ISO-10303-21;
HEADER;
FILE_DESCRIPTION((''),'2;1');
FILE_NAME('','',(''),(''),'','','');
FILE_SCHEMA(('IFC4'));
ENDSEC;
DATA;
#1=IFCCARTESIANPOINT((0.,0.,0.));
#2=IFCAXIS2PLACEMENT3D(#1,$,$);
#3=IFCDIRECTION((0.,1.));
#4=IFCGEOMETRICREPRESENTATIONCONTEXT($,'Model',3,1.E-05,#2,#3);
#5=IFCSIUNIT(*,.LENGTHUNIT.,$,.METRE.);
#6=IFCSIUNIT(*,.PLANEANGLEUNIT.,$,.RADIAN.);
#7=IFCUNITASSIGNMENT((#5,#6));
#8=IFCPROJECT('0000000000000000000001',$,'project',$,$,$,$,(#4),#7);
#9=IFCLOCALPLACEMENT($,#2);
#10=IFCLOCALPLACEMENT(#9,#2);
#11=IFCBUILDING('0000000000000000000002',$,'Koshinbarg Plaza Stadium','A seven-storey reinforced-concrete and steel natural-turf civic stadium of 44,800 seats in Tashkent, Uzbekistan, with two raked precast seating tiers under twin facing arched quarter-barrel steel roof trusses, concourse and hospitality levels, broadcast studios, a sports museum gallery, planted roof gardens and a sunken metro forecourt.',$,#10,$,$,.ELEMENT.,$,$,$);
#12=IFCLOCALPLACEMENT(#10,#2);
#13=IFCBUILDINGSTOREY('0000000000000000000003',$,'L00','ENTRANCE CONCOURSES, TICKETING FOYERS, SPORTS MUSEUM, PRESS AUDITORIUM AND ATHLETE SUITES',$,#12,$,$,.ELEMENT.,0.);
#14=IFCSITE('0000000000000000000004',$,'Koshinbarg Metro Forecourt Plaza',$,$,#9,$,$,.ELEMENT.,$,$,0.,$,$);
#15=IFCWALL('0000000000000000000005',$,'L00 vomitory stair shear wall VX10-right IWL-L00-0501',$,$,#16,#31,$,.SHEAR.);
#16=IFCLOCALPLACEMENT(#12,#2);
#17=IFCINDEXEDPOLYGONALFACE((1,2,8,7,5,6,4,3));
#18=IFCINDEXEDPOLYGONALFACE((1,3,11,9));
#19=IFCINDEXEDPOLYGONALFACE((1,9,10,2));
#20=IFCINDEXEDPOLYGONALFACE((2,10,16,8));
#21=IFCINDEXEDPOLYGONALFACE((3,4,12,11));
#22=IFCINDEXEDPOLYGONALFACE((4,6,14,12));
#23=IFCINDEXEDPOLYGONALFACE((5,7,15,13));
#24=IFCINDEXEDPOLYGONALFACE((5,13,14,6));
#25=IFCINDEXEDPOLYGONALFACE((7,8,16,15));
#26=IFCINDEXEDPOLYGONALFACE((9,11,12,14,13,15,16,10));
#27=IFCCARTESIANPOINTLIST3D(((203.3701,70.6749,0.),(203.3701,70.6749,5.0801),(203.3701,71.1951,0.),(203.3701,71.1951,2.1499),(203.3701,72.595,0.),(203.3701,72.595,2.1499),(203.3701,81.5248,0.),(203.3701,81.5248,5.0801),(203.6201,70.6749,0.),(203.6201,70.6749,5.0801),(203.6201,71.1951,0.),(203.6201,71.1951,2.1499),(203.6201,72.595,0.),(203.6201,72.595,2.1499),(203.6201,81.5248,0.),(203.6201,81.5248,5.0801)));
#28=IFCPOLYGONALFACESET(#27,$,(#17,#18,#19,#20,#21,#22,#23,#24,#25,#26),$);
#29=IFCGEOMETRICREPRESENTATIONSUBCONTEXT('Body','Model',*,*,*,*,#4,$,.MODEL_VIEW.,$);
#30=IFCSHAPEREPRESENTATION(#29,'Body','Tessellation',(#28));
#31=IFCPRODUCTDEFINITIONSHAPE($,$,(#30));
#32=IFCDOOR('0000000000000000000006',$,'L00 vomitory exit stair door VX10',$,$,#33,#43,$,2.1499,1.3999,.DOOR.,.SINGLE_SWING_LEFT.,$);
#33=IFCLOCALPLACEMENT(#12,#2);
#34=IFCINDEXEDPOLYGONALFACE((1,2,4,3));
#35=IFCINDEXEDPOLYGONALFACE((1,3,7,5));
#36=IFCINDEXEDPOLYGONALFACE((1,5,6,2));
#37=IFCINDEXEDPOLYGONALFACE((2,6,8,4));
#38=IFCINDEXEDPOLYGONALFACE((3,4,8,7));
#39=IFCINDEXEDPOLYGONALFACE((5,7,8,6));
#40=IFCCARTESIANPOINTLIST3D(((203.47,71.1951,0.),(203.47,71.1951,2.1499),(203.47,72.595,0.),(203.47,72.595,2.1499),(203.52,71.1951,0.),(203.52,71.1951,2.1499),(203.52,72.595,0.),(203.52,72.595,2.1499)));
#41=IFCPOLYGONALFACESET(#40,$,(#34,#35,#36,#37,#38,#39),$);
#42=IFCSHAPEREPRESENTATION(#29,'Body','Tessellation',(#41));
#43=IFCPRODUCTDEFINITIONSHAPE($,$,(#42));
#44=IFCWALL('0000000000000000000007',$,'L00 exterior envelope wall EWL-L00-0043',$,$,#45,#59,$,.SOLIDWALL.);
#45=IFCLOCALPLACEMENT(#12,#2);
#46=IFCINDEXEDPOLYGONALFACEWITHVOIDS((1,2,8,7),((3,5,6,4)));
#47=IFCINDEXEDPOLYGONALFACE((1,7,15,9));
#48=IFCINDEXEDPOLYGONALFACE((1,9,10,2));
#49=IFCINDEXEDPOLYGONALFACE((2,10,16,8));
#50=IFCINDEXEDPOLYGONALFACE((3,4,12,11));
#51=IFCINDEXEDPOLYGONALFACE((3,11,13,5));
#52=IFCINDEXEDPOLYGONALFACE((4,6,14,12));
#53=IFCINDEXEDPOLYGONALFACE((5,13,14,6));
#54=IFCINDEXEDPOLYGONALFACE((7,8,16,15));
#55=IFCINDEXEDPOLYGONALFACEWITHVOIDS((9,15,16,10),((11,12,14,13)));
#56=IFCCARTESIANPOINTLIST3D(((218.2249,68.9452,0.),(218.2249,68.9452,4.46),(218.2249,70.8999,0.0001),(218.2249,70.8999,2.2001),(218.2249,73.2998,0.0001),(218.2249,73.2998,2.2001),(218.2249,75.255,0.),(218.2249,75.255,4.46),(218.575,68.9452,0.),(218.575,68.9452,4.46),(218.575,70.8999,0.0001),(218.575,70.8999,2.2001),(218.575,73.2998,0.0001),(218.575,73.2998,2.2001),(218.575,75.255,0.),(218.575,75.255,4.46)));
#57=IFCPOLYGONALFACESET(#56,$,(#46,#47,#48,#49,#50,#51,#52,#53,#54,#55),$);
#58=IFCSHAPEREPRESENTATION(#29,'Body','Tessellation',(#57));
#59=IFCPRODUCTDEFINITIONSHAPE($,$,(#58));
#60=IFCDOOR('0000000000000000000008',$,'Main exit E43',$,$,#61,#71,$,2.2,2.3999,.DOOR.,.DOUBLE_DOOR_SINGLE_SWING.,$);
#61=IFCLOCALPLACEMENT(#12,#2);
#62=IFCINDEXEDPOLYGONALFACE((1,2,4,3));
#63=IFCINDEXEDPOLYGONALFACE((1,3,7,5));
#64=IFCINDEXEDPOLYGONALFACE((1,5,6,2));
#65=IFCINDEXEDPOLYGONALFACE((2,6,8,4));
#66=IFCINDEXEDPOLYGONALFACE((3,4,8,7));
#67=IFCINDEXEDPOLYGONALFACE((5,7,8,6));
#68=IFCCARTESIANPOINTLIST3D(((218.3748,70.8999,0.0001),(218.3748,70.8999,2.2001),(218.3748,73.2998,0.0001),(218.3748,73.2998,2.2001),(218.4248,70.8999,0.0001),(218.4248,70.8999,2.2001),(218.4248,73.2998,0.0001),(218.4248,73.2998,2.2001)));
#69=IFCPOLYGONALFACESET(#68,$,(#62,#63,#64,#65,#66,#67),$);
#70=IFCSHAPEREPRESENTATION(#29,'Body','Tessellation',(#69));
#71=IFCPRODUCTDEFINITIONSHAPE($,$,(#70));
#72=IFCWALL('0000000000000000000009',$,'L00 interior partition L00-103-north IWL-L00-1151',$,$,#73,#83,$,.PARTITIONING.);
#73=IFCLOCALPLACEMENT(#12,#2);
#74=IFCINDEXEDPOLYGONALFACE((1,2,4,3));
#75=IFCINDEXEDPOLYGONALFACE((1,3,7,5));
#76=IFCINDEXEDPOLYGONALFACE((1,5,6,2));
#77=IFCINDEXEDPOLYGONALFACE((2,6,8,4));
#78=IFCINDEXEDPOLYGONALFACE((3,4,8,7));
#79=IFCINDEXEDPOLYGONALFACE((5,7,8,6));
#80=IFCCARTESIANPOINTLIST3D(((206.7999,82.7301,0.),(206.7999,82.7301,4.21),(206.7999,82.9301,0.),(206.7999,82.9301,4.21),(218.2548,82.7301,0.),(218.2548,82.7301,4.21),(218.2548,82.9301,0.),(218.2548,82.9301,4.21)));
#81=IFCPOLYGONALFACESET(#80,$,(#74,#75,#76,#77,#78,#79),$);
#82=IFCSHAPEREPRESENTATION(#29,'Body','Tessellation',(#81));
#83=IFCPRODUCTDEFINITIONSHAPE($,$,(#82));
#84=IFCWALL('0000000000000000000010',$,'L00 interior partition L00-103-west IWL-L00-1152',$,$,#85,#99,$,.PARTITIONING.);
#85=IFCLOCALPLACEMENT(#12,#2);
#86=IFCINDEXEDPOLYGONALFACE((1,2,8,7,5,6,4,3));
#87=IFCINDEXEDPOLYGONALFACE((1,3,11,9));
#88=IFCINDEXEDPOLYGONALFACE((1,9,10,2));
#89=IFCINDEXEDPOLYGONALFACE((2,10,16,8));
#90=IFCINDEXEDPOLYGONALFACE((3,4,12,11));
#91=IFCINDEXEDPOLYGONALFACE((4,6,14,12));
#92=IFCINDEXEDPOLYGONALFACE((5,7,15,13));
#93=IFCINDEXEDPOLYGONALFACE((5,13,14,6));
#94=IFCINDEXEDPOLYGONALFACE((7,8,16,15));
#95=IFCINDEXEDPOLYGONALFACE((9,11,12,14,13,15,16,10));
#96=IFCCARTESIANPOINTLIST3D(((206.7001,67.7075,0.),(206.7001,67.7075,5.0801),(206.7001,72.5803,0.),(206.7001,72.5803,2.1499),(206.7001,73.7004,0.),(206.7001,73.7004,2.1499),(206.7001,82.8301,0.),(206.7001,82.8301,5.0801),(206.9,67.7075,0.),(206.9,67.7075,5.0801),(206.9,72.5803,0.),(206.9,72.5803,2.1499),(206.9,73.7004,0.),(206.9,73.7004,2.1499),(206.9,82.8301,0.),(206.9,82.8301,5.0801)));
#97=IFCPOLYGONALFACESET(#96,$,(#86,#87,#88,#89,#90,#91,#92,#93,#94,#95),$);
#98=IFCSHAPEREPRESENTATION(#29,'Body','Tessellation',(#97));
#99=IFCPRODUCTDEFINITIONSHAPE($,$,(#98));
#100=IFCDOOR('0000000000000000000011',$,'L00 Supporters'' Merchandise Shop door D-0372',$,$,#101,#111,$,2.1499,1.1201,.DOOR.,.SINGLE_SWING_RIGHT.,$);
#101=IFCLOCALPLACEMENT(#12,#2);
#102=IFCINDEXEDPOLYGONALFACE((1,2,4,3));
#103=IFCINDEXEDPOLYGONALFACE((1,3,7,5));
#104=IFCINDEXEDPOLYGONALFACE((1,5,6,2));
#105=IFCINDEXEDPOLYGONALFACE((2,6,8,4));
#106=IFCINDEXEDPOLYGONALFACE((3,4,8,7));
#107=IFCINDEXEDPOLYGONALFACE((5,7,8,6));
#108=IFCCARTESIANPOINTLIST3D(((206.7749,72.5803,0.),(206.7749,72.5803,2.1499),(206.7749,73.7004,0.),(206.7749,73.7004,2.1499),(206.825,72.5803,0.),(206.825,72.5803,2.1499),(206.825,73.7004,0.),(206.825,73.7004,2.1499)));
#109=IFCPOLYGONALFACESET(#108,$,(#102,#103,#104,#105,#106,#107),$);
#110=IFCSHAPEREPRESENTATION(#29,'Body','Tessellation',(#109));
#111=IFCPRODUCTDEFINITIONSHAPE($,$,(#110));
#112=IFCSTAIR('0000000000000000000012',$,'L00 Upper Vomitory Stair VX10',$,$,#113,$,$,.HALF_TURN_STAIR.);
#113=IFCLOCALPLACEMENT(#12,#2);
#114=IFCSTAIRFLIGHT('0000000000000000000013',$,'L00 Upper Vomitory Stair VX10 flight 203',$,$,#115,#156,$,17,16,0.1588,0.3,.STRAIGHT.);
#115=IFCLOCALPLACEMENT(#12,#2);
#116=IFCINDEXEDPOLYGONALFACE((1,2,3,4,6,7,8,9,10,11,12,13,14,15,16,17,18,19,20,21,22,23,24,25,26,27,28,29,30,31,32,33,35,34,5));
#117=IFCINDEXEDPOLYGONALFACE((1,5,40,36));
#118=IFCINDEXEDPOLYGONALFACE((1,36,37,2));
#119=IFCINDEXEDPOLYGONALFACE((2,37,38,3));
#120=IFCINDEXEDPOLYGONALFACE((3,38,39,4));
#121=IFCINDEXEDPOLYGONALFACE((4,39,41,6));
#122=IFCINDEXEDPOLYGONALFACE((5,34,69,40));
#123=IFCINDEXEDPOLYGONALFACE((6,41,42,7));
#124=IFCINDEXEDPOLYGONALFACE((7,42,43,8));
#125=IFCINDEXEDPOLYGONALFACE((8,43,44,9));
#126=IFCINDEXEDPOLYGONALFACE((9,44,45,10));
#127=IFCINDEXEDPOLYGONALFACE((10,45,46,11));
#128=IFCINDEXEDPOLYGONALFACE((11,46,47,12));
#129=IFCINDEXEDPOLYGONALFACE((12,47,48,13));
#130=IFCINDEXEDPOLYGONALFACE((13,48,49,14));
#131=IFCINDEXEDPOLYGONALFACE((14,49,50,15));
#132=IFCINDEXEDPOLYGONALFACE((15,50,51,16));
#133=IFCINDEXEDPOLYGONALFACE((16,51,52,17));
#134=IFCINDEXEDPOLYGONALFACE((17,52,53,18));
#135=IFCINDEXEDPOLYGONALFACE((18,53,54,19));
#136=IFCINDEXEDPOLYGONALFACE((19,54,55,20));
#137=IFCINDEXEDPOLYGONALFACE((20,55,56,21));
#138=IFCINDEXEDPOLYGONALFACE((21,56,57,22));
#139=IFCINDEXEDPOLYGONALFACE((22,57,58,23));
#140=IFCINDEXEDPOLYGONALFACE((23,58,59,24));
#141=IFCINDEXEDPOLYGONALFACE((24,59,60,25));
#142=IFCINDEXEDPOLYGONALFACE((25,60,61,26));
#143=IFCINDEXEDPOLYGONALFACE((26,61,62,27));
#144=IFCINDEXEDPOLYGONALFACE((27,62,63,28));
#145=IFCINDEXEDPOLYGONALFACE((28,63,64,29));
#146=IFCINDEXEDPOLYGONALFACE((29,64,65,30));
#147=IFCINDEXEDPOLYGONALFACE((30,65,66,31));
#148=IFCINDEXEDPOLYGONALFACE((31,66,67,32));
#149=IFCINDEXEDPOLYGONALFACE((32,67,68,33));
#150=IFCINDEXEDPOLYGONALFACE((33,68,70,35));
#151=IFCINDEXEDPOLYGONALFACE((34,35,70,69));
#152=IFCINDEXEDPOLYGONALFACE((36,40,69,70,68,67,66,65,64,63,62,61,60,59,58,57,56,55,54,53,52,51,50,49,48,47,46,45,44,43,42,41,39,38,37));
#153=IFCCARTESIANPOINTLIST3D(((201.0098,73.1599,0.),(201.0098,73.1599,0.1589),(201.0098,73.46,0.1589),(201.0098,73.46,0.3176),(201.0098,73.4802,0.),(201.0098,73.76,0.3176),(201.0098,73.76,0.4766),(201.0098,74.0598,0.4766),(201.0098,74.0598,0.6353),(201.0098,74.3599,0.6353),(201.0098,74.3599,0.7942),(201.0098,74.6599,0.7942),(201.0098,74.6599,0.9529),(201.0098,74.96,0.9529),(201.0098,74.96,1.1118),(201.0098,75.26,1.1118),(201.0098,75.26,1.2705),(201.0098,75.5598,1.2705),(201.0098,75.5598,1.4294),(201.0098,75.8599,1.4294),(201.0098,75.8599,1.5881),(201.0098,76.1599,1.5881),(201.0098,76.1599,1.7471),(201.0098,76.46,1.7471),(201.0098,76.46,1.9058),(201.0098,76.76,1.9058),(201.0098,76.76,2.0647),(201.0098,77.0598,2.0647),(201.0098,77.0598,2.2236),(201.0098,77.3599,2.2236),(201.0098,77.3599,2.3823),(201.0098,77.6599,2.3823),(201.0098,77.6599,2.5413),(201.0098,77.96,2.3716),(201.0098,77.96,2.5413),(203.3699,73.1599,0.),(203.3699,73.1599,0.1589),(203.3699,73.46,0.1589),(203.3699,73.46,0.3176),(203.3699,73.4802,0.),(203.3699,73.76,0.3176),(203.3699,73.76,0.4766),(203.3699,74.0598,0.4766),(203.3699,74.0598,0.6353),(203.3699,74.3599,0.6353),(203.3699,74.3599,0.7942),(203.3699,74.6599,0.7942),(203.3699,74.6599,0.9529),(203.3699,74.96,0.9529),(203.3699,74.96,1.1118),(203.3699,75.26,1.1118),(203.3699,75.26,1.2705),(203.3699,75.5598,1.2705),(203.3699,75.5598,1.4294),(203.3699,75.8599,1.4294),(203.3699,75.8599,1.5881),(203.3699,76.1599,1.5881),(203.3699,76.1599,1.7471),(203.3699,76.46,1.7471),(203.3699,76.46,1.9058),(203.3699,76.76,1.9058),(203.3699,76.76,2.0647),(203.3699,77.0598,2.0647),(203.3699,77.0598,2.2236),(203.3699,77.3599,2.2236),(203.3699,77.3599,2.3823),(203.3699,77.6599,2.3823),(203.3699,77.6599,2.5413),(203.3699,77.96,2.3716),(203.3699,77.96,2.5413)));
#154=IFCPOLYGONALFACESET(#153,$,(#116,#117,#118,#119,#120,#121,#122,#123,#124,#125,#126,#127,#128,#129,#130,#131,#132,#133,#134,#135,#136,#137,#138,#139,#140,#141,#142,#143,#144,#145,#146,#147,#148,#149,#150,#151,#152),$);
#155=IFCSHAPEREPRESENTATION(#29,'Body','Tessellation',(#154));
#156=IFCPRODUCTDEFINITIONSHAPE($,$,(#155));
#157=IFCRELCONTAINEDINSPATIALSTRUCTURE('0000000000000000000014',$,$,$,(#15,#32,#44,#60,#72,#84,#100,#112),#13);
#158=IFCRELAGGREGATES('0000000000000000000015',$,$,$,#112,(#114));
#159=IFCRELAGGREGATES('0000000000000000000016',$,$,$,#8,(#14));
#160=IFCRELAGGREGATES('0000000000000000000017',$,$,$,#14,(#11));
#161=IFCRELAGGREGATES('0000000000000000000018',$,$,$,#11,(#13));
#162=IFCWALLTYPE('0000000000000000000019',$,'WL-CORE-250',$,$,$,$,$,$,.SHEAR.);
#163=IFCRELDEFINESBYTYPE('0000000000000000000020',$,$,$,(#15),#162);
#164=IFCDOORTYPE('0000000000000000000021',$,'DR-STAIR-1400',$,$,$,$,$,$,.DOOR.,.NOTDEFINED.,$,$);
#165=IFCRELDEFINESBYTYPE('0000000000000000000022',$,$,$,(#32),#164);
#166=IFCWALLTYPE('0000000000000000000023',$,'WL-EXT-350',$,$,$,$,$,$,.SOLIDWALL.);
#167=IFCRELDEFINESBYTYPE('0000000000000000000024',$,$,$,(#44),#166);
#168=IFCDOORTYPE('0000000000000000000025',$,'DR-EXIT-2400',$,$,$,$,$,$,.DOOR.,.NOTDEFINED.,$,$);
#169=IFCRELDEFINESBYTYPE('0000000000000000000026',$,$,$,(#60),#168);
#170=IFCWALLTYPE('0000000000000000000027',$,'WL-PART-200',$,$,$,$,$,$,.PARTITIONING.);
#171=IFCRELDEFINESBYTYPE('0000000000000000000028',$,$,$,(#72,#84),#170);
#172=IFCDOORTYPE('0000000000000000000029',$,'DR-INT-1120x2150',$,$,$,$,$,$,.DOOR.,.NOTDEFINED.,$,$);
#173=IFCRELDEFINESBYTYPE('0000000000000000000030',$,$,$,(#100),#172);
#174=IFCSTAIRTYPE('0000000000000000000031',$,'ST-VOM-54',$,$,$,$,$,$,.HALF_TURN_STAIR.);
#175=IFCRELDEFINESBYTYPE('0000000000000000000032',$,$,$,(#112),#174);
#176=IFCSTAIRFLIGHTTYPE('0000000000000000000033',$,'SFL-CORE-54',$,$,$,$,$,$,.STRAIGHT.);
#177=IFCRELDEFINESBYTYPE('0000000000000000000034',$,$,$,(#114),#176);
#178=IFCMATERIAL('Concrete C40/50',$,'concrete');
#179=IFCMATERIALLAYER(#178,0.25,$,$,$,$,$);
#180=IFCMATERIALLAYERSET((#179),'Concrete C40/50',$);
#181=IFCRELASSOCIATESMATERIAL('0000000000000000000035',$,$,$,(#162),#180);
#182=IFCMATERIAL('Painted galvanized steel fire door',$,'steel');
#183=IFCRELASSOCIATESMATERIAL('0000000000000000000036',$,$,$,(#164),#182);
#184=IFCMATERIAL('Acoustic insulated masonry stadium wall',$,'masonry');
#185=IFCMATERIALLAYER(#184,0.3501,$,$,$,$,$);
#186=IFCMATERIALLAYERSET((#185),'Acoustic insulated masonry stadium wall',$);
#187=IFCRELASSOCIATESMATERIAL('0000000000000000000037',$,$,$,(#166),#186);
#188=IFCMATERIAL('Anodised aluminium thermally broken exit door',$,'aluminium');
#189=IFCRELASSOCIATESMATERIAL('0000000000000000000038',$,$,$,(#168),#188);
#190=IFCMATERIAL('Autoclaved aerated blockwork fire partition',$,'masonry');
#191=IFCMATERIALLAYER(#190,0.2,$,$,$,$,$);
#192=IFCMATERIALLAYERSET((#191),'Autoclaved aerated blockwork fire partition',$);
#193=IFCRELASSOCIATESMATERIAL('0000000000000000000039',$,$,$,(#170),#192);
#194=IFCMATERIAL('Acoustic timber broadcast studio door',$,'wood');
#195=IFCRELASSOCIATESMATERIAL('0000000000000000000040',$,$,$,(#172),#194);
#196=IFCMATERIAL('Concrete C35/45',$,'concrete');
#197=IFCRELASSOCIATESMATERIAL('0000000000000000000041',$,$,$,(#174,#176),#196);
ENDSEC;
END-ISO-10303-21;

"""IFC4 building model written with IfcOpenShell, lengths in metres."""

from ifc_helpers import new_model, si_unit, direction, frame, frame_2d, origin, place, context, subcontext, project, spatial, polyline, rectangle, outline, extrude, material, layer, layer_set, type_object, element, fill, aggregate, save


model = new_model("IFC4")

# Units and contexts
model_context = context("Model", 3, precision=1e-05, world=origin(), true_north=direction((0.0, 1.0)))
body_context = subcontext(model_context, "Body", "Model", "MODEL_VIEW")
ifc_project = project(units=[si_unit("LENGTHUNIT", "METRE"), si_unit("PLANEANGLEUNIT", "RADIAN")], contexts=[model_context])

# Site, building, storey
site_placement = place(None, origin())
site = spatial("IfcSite", under=ifc_project, at=site_placement, Name="Koshinbarg Metro Forecourt Plaza", CompositionType="ELEMENT", RefElevation=0.0)
building_placement = place(site_placement, origin())
building = spatial("IfcBuilding", under=site, at=building_placement, Name="Koshinbarg Plaza Stadium", Description="A seven-storey reinforced-concrete and steel natural-turf civic stadium of 44,800 seats in Tashkent, Uzbekistan, with two raked precast seating tiers under twin facing arched quarter-barrel steel roof trusses, concourse and hospitality levels, broadcast studios, a sports museum gallery, planted roof gardens and a sunken metro forecourt.", CompositionType="ELEMENT")
storey_placement = place(building_placement, origin())
storey = spatial("IfcBuildingStorey", under=building, at=storey_placement, Name="L00", Description="ENTRANCE CONCOURSES, TICKETING FOYERS, SPORTS MUSEUM, PRESS AUDITORIUM AND ATHLETE SUITES", CompositionType="ELEMENT", Elevation=0.0)

# Shared definitions
ifc_material_1 = material(Name="Concrete C35/45", Category="concrete")

# Shared definitions
ifc_material_2 = material(Name="Concrete C40/50", Category="concrete")

# Shared definitions
ifc_layer_1 = layer(ifc_material_2, 0.25)
ifc_layer_set_1 = layer_set([ifc_layer_1], Name="Concrete C40/50")
wall_type_1 = type_object("IfcWallType", Name="WL-CORE-250", PredefinedType="SHEAR", material=ifc_layer_set_1)

# Walls, openings, doors
wall_1_placement = place(storey_placement, frame((203.4951, 70.675, 0.0), z_axis=(0.0, 0.0, 1.0), x_axis=(0.0, 1.0, 0.0)))
wall_1 = element("IfcWall", 1, at=wall_1_placement, inside=storey, type_object=wall_type_1, Name="L00 vomitory stair shear wall VX10-right IWL-L00-0501", PredefinedType="SHEAR", context=body_context, shape_type="SweptSolid", body=[
    extrude(rectangle(XDim=10.8499, YDim=0.25, at=frame_2d((5.4248, 0.0))), origin(), (0.0, 0.0, 1.0), 5.0801),
])
opening_1_placement = place(wall_1_placement, frame((0.52, 0.0, 0.0)))
opening_1 = element("IfcOpeningElement", 2, at=opening_1_placement, cuts=wall_1, PredefinedType="OPENING", context=body_context, shape_type="SweptSolid", body=[
    extrude(rectangle(XDim=1.3999, YDim=2.1499, at=frame_2d((0.7, 1.075))), frame((0.0, 0.135, 0.0), z_axis=(0.0, -1.0, 0.0), x_axis=(1.0, 0.0, 0.0)), (0.0, 0.0, 1.0), 0.27),
])
ifc_material_3 = material(Name="Painted galvanized steel fire door", Category="steel")
door_type_1 = type_object("IfcDoorType", Name="DR-STAIR-1400", OperationType="NOTDEFINED", PredefinedType="DOOR", material=ifc_material_3)
door_1_placement = place(opening_1_placement, frame((1.3999, 0.0, 0.0), z_axis=(0.0, 0.0, 1.0), x_axis=(-1.0, 0.0, 0.0)))
door_1 = element("IfcDoor", 3, at=door_1_placement, inside=storey, type_object=door_type_1, Name="L00 vomitory exit stair door VX10", OperationType="SINGLE_SWING_LEFT", OverallHeight=2.1499, OverallWidth=1.3999, PredefinedType="DOOR", context=body_context, shape_type="SweptSolid", body=[
    extrude(rectangle(XDim=1.3999, YDim=2.1499, at=frame_2d((0.7, 1.075))), frame((0.0, 0.0249, 0.0), z_axis=(0.0, -1.0, 0.0), x_axis=(1.0, 0.0, 0.0)), (0.0, 0.0, 1.0), 0.05),
])
fill(opening_1, door_1)
ifc_material_4 = material(Name="Acoustic insulated masonry stadium wall", Category="masonry")
ifc_layer_2 = layer(ifc_material_4, 0.3501)
ifc_layer_set_2 = layer_set([ifc_layer_2], Name="Acoustic insulated masonry stadium wall")
wall_type_2 = type_object("IfcWallType", Name="WL-EXT-350", PredefinedType="SOLIDWALL", material=ifc_layer_set_2)
wall_2_placement = place(storey_placement, frame((218.3999, 75.2549, 0.0), z_axis=(0.0, 0.0, 1.0), x_axis=(0.0, -1.0, 0.0)))
wall_2 = element("IfcWall", 4, at=wall_2_placement, inside=storey, type_object=wall_type_2, Name="L00 exterior envelope wall EWL-L00-0043", PredefinedType="SOLIDWALL", context=body_context, shape_type="SweptSolid", body=[
    extrude(rectangle(XDim=6.3098, YDim=0.3501, at=frame_2d((3.1548, 0.0))), origin(), (0.0, 0.0, 1.0), 4.46),
])
opening_2_placement = place(wall_2_placement, frame((1.9551, 0.0, 0.0)))
opening_2 = element("IfcOpeningElement", 5, at=opening_2_placement, cuts=wall_2, PredefinedType="OPENING", context=body_context, shape_type="SweptSolid", body=[
    extrude(rectangle(XDim=2.3999, YDim=2.2, at=frame_2d((1.2, 1.1001))), frame((0.0, 0.1851, 0.0), z_axis=(0.0, -1.0, 0.0), x_axis=(1.0, 0.0, 0.0)), (0.0, 0.0, 1.0), 0.3701),
])
ifc_material_5 = material(Name="Anodised aluminium thermally broken exit door", Category="aluminium")
door_type_2 = type_object("IfcDoorType", Name="DR-EXIT-2400", OperationType="NOTDEFINED", PredefinedType="DOOR", material=ifc_material_5)
door_2_placement = place(opening_2_placement, origin())
door_2 = element("IfcDoor", 6, at=door_2_placement, inside=storey, type_object=door_type_2, Name="Main exit E43", OperationType="DOUBLE_DOOR_SINGLE_SWING", OverallHeight=2.2, OverallWidth=2.3999, PredefinedType="DOOR", context=body_context, shape_type="SweptSolid", body=[
    extrude(rectangle(XDim=2.3999, YDim=2.2, at=frame_2d((1.2, 1.1001))), frame((0.0, 0.0249, 0.0), z_axis=(0.0, -1.0, 0.0), x_axis=(1.0, 0.0, 0.0)), (0.0, 0.0, 1.0), 0.05),
])
fill(opening_2, door_2)

# Wall
ifc_material_6 = material(Name="Autoclaved aerated blockwork fire partition", Category="masonry")
ifc_layer_3 = layer(ifc_material_6, 0.2)
ifc_layer_set_3 = layer_set([ifc_layer_3], Name="Autoclaved aerated blockwork fire partition")
wall_type_3 = type_object("IfcWallType", Name="WL-PART-200", PredefinedType="PARTITIONING", material=ifc_layer_set_3)
wall_3_placement = place(storey_placement, frame((218.2549, 82.8301, 0.0), z_axis=(0.0, 0.0, 1.0), x_axis=(-1.0, 0.0, 0.0)))
element("IfcWall", 7, at=wall_3_placement, inside=storey, type_object=wall_type_3, Name="L00 interior partition L00-103-north IWL-L00-1151", PredefinedType="PARTITIONING", context=body_context, shape_type="SweptSolid", body=[
    extrude(rectangle(XDim=11.4548, YDim=0.2, at=frame_2d((5.7275, 0.0))), origin(), (0.0, 0.0, 1.0), 4.21),
])

# Wall, opening, door
wall_4_placement = place(storey_placement, frame((206.8, 82.8301, 0.0), z_axis=(0.0, 0.0, 1.0), x_axis=(0.0, -1.0, 0.0)))
wall_4 = element("IfcWall", 8, at=wall_4_placement, inside=storey, type_object=wall_type_3, Name="L00 interior partition L00-103-west IWL-L00-1152", PredefinedType="PARTITIONING", context=body_context, shape_type="SweptSolid", body=[
    extrude(rectangle(XDim=15.1226, YDim=0.2, at=frame_2d((7.5613, 0.0))), origin(), (0.0, 0.0, 1.0), 5.0801),
])
opening_3_placement = place(wall_4_placement, frame((9.1296, 0.0, 0.0)))
opening_3 = element("IfcOpeningElement", 9, at=opening_3_placement, cuts=wall_4, PredefinedType="OPENING", context=body_context, shape_type="SweptSolid", body=[
    extrude(rectangle(XDim=1.1201, YDim=2.1499, at=frame_2d((0.5601, 1.075))), frame((0.0, 0.1099, 0.0), z_axis=(0.0, -1.0, 0.0), x_axis=(1.0, 0.0, 0.0)), (0.0, 0.0, 1.0), 0.22),
])
ifc_material_7 = material(Name="Acoustic timber broadcast studio door", Category="wood")
door_type_3 = type_object("IfcDoorType", Name="DR-INT-1120x2150", OperationType="NOTDEFINED", PredefinedType="DOOR", material=ifc_material_7)
door_3_placement = place(opening_3_placement, origin())
door_3 = element("IfcDoor", 10, at=door_3_placement, inside=storey, type_object=door_type_3, Name="L00 Supporters' Merchandise Shop door D-0372", OperationType="SINGLE_SWING_RIGHT", OverallHeight=2.1499, OverallWidth=1.1201, PredefinedType="DOOR", context=body_context, shape_type="SweptSolid", body=[
    extrude(rectangle(XDim=1.1201, YDim=2.1499, at=frame_2d((0.5601, 1.075))), frame((0.0, 0.0249, 0.0), z_axis=(0.0, -1.0, 0.0), x_axis=(1.0, 0.0, 0.0)), (0.0, 0.0, 1.0), 0.05),
])
fill(opening_3, door_3)

# Stair, stair flight
stair_type = type_object("IfcStairType", Name="ST-VOM-54", PredefinedType="HALF_TURN_STAIR", material=ifc_material_1)
stair_placement = place(storey_placement, origin())
stair = element("IfcStair", 11, at=stair_placement, inside=storey, type_object=stair_type, Name="L00 Upper Vomitory Stair VX10", PredefinedType="HALF_TURN_STAIR")
stair_flight_type = type_object("IfcStairFlightType", Name="SFL-CORE-54", PredefinedType="STRAIGHT", material=ifc_material_1)
stair_flight_placement = place(storey_placement, frame((202.1899, 73.1599, 0.0), z_axis=(0.0, 0.0, 1.0), x_axis=(0.0, 1.0, 0.0)))
stair_flight = element("IfcStairFlight", 12, at=stair_flight_placement, type_object=stair_flight_type, Name="L00 Upper Vomitory Stair VX10 flight 203", NumberOfRisers=17, NumberOfTreads=16, PredefinedType="STRAIGHT", RiserHeight=0.1588, TreadLength=0.3, context=body_context, shape_type="SweptSolid", body=[
    extrude(outline(polyline([(0.0, 0.0), (0.0, 0.1589), (0.3, 0.1589), (0.3, 0.3176), (0.6001, 0.3176), (0.6001, 0.4766), (0.8999, 0.4766), (0.8999, 0.6353), (1.2, 0.6353), (1.2, 0.7942), (1.5, 0.7942), (1.5, 0.9529), (1.8, 0.9529), (1.8, 1.1118), (2.1001, 1.1118), (2.1001, 1.2705), (2.3999, 1.2705), (2.3999, 1.4294), (2.7, 1.4294), (2.7, 1.5881), (3.0, 1.5881), (3.0, 1.7471), (3.3, 1.7471), (3.3, 1.9058), (3.6001, 1.9058), (3.6001, 2.0647), (3.8999, 2.0647), (3.8999, 2.2236), (4.2, 2.2236), (4.2, 2.3823), (4.5, 2.3823), (4.5, 2.5413), (4.8, 2.5413), (4.8, 2.7), (4.8, 2.3716), (0.3203, 0.0), (0.0, 0.0)])), frame((0.0, 1.1802, 0.0), z_axis=(0.0, -1.0, 0.0), x_axis=(1.0, 0.0, 0.0)), (0.0, 0.0, 1.0), 2.3601),
])
aggregate(stair, [stair_flight])

save(model, "model.ifc")
